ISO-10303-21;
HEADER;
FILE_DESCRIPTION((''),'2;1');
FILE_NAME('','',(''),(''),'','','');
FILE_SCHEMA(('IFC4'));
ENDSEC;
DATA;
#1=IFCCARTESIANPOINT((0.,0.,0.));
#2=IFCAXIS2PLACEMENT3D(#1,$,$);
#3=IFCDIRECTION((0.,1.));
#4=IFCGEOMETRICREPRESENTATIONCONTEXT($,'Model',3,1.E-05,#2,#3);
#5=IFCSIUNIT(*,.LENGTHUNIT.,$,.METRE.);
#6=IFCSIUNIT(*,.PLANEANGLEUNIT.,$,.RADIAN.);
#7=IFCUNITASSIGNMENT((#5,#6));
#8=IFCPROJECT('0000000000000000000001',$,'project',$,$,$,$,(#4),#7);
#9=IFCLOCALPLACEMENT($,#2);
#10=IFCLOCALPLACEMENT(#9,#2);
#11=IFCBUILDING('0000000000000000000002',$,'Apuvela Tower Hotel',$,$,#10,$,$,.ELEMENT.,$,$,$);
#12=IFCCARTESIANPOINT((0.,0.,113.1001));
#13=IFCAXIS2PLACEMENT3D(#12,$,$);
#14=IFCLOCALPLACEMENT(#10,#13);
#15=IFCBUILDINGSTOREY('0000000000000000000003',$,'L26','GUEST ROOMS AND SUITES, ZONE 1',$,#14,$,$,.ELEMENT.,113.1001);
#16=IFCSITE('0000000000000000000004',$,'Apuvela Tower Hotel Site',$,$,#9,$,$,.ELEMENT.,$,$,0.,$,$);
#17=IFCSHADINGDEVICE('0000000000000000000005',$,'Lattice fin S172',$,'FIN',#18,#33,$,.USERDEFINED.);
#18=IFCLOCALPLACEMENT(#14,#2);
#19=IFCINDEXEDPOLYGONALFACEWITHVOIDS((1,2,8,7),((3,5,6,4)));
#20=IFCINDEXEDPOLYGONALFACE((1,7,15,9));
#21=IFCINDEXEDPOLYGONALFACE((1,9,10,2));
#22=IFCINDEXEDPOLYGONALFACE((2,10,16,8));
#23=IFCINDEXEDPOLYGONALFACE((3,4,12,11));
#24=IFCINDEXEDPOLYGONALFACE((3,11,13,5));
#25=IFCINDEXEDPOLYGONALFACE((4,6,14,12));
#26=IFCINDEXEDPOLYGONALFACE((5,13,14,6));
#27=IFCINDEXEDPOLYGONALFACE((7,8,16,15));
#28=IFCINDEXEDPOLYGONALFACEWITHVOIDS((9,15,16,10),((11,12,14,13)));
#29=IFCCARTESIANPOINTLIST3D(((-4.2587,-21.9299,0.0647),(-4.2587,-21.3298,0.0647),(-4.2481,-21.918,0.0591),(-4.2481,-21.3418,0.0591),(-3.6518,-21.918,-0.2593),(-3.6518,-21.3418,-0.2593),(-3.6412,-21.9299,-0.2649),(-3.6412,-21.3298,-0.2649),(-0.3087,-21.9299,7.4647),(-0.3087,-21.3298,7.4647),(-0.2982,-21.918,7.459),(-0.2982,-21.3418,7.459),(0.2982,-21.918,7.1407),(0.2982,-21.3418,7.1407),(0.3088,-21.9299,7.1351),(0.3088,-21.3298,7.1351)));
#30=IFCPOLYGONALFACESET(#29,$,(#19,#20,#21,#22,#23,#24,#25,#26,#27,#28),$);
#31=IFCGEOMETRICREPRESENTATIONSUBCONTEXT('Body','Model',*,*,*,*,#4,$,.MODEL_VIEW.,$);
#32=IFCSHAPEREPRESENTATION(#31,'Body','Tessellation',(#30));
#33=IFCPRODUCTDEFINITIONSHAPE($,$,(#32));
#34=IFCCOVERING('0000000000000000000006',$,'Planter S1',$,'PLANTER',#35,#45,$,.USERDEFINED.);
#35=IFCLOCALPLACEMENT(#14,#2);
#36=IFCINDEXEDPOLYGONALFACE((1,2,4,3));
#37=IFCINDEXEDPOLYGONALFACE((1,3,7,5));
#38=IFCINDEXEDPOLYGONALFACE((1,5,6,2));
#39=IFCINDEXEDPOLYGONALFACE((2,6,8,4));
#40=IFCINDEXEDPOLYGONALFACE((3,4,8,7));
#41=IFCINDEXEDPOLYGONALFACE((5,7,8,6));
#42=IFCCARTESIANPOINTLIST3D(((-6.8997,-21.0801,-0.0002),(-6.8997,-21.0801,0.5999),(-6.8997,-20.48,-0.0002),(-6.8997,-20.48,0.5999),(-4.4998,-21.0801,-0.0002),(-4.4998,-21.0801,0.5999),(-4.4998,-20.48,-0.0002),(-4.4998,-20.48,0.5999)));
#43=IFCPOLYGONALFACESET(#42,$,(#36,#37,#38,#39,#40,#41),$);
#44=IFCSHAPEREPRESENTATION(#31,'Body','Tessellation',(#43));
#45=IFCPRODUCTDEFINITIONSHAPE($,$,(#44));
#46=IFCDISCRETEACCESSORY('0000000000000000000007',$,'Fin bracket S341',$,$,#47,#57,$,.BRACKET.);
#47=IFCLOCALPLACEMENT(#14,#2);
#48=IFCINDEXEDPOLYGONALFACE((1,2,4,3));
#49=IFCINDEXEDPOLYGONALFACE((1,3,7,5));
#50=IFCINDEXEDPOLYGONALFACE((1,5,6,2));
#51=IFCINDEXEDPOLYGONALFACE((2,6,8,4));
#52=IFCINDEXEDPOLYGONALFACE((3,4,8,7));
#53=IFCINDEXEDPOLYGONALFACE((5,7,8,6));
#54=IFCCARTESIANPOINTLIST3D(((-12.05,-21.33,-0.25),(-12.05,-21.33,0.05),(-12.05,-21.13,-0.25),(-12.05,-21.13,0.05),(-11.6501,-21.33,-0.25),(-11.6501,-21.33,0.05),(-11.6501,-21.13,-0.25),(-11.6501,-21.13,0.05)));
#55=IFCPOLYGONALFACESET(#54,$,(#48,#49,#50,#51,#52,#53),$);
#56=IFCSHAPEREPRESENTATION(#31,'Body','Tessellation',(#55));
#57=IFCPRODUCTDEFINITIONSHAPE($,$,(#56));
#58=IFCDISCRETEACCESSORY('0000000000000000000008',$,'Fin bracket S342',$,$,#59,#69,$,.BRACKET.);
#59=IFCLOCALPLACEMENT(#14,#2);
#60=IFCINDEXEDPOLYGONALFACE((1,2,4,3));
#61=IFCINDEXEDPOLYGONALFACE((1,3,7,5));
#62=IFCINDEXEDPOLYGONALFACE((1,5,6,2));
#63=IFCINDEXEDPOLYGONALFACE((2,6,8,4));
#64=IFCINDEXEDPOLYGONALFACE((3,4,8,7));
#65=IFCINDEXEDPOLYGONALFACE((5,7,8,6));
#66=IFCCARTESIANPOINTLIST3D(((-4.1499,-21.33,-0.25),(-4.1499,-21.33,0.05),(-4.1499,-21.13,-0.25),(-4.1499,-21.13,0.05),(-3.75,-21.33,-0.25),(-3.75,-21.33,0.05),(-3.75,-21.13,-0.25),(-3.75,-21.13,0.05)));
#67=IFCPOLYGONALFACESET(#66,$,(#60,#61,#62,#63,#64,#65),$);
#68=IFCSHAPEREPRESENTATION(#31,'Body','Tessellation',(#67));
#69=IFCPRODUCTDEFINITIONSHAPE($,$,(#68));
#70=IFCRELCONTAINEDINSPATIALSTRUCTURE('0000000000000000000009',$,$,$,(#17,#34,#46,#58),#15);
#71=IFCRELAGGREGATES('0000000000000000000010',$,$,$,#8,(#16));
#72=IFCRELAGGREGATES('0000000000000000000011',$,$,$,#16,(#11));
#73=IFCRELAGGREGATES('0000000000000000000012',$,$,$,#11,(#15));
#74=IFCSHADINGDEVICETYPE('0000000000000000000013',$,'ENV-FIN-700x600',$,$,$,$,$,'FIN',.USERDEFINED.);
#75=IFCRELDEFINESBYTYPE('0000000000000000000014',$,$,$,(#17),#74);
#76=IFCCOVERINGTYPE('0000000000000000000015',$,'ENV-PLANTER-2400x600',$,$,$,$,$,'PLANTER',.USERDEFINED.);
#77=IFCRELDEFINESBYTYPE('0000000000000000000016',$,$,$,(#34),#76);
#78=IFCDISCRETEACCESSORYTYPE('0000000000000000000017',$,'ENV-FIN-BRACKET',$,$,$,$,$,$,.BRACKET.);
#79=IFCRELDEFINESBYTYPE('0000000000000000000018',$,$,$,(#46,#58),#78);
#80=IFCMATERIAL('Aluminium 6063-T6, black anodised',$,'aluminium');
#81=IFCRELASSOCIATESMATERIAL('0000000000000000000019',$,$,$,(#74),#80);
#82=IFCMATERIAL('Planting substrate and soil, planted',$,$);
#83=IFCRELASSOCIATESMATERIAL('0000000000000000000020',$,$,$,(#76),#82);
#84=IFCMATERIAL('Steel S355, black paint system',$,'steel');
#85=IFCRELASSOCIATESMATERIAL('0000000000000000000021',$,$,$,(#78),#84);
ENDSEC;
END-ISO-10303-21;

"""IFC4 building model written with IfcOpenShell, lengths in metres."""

from ifc_helpers import new_model, si_unit, direction, frame, origin, origin_2d, place, context, subcontext, project, spatial, rectangle, hollow_rectangle, extrude, material, material_profile, profile_set, type_object, element, save


model = new_model("IFC4")

# Units and contexts
model_context = context("Model", 3, precision=1e-05, world=origin(), true_north=direction((0.0, 1.0)))
body_context = subcontext(model_context, "Body", "Model", "MODEL_VIEW")
ifc_project = project(units=[si_unit("LENGTHUNIT", "METRE"), si_unit("PLANEANGLEUNIT", "RADIAN")], contexts=[model_context])

# Site, building, storey
site_placement = place(None, origin())
site = spatial("IfcSite", under=ifc_project, at=site_placement, Name="Apuvela Tower Hotel Site", CompositionType="ELEMENT", RefElevation=0.0)
building_placement = place(site_placement, origin())
building = spatial("IfcBuilding", under=site, at=building_placement, Name="Apuvela Tower Hotel", CompositionType="ELEMENT")
storey_placement = place(building_placement, frame((0.0, 0.0, 113.1001)))
storey = spatial("IfcBuildingStorey", under=building, at=storey_placement, Name="L26", Description="GUEST ROOMS AND SUITES, ZONE 1", CompositionType="ELEMENT", Elevation=113.1001)

# Shading device
ifc_material_1 = material(Name="Aluminium 6063-T6, black anodised", Category="aluminium")
ifc_material_profile_1 = material_profile(ifc_material_1, hollow_rectangle(XDim=0.6001, YDim=0.7, WallThickness=0.012, at=origin_2d()), Name="AL BOX 700x600x12")
ifc_profile_set_1 = profile_set([ifc_material_profile_1], Name="Aluminium 6063-T6, black anodised")
shading_device_type = type_object("IfcShadingDeviceType", Name="ENV-FIN-700x600", ElementType="FIN", PredefinedType="USERDEFINED", material=ifc_profile_set_1)
for number, where, z_axis, x_axis, name in (
    (1, (-3.95, -21.6299, -0.1001), (0.470898, 0.0, 0.882188), (0.0, 1.0, 0.0), "Lattice fin S172"),
):
    element("IfcShadingDevice", number, at=place(storey_placement, frame(where, z_axis=z_axis, x_axis=x_axis)), inside=storey, type_object=shading_device_type, Name=name, ObjectType="FIN", PredefinedType="USERDEFINED", context=body_context, shape_type="SweptSolid", body=[
        extrude(hollow_rectangle(XDim=0.6001, YDim=0.7, WallThickness=0.012, at=origin_2d()), origin(), (0.0, 0.0, 1.0), 8.3882),
    ])

# Covering
ifc_material_2 = material(Name="Planting substrate and soil, planted")
covering_type = type_object("IfcCoveringType", Name="ENV-PLANTER-2400x600", ElementType="PLANTER", PredefinedType="USERDEFINED", material=ifc_material_2)
covering_placement = place(storey_placement, frame((-5.6997, -20.78, -0.0002), z_axis=(0.0, 0.0, 1.0), x_axis=(1.0, 0.0, 0.0)))
element("IfcCovering", 2, at=covering_placement, inside=storey, type_object=covering_type, Name="Planter S1", ObjectType="PLANTER", PredefinedType="USERDEFINED", context=body_context, shape_type="SweptSolid", body=[
    extrude(rectangle(XDim=2.3999, YDim=0.6001, at=origin_2d()), origin(), (0.0, 0.0, 1.0), 0.6001),
])

# Discrete accessories
ifc_material_3 = material(Name="Steel S355, black paint system", Category="steel")
discrete_accessory_type = type_object("IfcDiscreteAccessoryType", Name="ENV-FIN-BRACKET", PredefinedType="BRACKET", material=ifc_material_3)
for number, where, z_axis, x_axis, name in (
    (3, (-11.8501, -21.23, -0.25), (0.0, 0.0, 1.0), (1.0, 0.0, 0.0), "Fin bracket S341"),
    (4, (-3.95, -21.23, -0.25), (0.0, 0.0, 1.0), (1.0, 0.0, 0.0), "Fin bracket S342"),
):
    element("IfcDiscreteAccessory", number, at=place(storey_placement, frame(where, z_axis=z_axis, x_axis=x_axis)), inside=storey, type_object=discrete_accessory_type, Name=name, PredefinedType="BRACKET", context=body_context, shape_type="SweptSolid", body=[
        extrude(rectangle(XDim=0.3999, YDim=0.2, at=origin_2d()), origin(), (0.0, 0.0, 1.0), 0.3),
    ])

save(model, "model.ifc")
